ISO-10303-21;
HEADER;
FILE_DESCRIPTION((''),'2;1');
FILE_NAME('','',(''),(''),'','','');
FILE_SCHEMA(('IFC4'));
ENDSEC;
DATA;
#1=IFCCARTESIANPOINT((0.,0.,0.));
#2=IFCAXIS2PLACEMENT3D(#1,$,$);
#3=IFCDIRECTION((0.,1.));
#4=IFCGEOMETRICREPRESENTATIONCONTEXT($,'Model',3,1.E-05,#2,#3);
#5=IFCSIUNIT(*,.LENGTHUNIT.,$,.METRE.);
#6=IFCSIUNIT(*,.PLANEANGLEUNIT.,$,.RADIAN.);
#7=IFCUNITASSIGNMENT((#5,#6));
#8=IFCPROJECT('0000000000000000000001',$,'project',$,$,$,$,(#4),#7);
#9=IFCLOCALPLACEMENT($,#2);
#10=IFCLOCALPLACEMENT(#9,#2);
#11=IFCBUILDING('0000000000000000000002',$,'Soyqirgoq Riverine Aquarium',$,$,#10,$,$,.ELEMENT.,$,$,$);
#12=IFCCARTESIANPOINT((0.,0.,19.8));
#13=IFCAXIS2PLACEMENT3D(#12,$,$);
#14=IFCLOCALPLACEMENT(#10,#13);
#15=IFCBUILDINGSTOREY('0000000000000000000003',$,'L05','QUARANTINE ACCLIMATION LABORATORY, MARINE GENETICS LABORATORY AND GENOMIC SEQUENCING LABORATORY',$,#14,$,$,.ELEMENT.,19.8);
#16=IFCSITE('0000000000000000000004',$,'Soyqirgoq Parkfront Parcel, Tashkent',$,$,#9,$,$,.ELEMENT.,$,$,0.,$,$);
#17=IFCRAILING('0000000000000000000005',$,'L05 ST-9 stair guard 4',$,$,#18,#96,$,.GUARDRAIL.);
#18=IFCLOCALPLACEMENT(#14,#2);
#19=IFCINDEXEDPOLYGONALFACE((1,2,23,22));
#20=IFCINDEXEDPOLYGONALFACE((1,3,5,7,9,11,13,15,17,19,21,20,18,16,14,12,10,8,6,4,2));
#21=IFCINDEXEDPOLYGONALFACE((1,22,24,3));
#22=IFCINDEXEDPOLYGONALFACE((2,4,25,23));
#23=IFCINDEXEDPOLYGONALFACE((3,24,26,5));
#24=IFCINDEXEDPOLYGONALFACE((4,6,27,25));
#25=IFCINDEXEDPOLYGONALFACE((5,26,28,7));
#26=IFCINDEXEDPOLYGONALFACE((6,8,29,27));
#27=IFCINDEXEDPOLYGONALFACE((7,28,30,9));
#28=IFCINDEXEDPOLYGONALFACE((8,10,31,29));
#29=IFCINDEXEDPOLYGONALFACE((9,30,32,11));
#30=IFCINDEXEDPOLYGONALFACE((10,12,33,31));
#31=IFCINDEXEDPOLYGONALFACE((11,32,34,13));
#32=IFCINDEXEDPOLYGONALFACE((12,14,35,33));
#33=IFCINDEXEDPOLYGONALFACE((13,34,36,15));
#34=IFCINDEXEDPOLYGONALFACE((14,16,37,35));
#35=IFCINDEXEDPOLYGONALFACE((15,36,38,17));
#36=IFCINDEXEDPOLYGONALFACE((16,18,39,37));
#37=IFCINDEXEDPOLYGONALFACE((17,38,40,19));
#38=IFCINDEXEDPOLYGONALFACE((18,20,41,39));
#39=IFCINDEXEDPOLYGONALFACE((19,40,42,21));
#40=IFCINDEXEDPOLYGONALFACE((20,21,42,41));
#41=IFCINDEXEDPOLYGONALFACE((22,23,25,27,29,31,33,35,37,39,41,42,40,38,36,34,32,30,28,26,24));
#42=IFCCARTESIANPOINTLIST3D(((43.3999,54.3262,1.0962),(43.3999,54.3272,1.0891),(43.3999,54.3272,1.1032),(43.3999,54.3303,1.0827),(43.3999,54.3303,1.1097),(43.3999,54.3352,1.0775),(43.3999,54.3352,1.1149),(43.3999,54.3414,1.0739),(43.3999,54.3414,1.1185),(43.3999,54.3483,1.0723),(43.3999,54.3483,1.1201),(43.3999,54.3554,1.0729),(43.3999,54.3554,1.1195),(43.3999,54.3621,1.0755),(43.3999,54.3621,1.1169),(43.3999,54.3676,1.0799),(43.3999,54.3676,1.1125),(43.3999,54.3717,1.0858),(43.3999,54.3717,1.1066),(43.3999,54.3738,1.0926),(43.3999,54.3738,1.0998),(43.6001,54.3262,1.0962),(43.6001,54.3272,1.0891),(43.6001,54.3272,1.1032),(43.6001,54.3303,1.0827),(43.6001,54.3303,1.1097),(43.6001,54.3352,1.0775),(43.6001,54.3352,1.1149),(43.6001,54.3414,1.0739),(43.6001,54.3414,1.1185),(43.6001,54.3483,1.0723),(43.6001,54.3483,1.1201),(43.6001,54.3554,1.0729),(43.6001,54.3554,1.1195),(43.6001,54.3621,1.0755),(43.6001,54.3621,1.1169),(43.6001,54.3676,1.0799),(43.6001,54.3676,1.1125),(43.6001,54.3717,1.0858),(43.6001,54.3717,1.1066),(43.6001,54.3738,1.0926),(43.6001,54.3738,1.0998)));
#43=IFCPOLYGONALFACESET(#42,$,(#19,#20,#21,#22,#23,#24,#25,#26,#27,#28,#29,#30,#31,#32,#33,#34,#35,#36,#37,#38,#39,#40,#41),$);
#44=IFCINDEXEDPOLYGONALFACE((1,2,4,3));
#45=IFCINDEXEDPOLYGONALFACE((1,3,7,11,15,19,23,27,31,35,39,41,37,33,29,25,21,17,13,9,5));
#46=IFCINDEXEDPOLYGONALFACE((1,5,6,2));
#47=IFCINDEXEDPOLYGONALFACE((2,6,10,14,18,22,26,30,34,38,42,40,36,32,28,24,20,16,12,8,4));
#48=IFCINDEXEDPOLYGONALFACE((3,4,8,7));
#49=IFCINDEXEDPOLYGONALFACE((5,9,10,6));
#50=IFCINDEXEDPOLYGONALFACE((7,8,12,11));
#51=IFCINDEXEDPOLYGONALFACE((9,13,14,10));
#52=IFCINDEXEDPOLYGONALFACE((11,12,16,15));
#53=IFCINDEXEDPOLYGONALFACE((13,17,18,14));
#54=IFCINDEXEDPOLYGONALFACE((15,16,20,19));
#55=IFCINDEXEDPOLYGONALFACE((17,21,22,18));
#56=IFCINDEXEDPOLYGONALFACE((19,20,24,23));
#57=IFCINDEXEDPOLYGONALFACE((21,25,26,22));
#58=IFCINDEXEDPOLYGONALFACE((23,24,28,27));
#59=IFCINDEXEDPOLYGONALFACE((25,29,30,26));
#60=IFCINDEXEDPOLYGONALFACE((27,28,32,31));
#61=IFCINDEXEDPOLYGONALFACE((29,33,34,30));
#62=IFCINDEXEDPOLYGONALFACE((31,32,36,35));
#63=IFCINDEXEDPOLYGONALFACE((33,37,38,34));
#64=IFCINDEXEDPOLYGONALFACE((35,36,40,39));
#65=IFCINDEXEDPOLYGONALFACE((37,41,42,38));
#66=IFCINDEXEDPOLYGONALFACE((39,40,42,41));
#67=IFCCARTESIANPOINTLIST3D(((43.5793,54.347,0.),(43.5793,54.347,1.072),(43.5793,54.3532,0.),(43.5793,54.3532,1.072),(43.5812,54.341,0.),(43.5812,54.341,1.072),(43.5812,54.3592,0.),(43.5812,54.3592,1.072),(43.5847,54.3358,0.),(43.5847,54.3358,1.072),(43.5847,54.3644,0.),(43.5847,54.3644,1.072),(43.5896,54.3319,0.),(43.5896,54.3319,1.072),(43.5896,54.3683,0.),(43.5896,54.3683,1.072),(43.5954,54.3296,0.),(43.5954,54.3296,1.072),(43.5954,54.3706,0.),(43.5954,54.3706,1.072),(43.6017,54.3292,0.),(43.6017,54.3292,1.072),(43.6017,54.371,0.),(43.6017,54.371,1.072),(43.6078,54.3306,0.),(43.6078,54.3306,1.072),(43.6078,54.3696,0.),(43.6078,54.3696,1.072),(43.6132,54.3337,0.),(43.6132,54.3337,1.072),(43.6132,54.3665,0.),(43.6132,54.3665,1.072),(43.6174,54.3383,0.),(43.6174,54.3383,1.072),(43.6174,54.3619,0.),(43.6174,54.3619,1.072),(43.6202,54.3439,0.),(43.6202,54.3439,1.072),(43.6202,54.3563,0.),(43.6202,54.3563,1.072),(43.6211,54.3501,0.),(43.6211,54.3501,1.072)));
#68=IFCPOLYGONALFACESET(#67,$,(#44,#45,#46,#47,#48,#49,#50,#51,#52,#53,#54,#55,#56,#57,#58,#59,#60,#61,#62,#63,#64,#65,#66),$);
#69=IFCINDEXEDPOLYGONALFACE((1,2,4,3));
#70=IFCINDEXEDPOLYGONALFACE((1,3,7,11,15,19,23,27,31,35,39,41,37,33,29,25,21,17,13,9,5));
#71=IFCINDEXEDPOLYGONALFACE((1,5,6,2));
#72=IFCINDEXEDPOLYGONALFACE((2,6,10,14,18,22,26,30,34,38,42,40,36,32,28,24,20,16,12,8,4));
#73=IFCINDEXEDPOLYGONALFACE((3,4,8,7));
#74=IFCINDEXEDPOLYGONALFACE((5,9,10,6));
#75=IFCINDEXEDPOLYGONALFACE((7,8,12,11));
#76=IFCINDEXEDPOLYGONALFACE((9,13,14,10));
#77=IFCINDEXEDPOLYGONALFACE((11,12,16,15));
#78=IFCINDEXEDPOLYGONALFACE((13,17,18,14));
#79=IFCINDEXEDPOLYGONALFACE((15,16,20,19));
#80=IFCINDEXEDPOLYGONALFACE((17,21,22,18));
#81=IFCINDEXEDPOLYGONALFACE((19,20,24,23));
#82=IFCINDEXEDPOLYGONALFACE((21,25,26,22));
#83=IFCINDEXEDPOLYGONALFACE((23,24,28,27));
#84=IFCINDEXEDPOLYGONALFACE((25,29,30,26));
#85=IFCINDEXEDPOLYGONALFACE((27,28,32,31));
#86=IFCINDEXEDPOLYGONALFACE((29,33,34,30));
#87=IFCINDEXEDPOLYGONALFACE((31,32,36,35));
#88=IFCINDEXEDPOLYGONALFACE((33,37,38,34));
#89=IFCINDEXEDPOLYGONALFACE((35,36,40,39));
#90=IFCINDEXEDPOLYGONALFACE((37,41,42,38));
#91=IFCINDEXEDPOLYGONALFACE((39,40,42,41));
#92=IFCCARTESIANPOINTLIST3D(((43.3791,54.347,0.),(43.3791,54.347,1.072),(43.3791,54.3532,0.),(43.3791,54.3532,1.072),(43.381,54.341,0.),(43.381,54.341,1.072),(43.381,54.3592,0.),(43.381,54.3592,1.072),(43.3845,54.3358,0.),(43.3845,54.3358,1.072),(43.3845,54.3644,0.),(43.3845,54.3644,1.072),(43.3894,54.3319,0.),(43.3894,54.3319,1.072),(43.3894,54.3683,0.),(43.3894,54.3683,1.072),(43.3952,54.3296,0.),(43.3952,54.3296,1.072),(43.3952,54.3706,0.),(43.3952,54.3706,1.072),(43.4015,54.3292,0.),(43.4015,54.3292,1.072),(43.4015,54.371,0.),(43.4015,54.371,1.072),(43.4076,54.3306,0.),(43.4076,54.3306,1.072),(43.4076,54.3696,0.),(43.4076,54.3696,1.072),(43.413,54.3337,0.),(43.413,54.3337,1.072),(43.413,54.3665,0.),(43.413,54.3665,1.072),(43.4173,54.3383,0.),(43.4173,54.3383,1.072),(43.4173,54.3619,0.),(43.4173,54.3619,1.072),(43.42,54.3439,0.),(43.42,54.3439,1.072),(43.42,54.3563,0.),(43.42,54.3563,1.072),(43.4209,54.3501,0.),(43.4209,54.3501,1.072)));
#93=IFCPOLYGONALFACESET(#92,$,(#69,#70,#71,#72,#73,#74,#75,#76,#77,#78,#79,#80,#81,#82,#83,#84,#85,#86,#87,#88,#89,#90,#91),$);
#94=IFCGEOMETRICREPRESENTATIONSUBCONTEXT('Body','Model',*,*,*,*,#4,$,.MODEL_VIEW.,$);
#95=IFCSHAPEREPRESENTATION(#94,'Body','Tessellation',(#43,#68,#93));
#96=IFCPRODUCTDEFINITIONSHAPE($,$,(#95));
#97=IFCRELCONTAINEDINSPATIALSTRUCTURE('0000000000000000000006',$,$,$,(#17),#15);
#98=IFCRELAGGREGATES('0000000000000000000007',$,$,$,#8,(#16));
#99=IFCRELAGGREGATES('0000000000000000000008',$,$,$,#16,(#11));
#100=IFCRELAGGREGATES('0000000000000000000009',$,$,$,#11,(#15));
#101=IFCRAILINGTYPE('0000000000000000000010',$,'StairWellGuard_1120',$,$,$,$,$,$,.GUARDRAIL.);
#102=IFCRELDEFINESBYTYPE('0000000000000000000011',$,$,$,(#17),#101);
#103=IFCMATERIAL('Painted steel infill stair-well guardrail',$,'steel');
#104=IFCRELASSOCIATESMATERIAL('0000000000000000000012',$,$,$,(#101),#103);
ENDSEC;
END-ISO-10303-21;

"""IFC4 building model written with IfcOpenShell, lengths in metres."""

from ifc_helpers import new_model, si_unit, direction, frame, origin, origin_2d, place, context, subcontext, project, spatial, circle, extrude, material, type_object, element, save


model = new_model("IFC4")

# Units and contexts
model_context = context("Model", 3, precision=1e-05, world=origin(), true_north=direction((0.0, 1.0)))
body_context = subcontext(model_context, "Body", "Model", "MODEL_VIEW")
ifc_project = project(units=[si_unit("LENGTHUNIT", "METRE"), si_unit("PLANEANGLEUNIT", "RADIAN")], contexts=[model_context])

# Site, building, storey
site_placement = place(None, origin())
site = spatial("IfcSite", under=ifc_project, at=site_placement, Name="Soyqirgoq Parkfront Parcel, Tashkent", CompositionType="ELEMENT", RefElevation=0.0)
building_placement = place(site_placement, origin())
building = spatial("IfcBuilding", under=site, at=building_placement, Name="Soyqirgoq Riverine Aquarium", CompositionType="ELEMENT")
storey_placement = place(building_placement, frame((0.0, 0.0, 19.8)))
storey = spatial("IfcBuildingStorey", under=building, at=storey_placement, Name="L05", Description="QUARANTINE ACCLIMATION LABORATORY, MARINE GENETICS LABORATORY AND GENOMIC SEQUENCING LABORATORY", CompositionType="ELEMENT", Elevation=19.8)

# Railing
ifc_material_1 = material(Name="Painted steel infill stair-well guardrail", Category="steel")
railing_type_1 = type_object("IfcRailingType", Name="StairWellGuard_1120", PredefinedType="GUARDRAIL", material=ifc_material_1)
railing_1_placement = place(storey_placement, frame((43.6001, 54.3501, 0.0)))
element("IfcRailing", 1, at=railing_1_placement, inside=storey, type_object=railing_type_1, Name="L05 ST-9 stair guard 4", PredefinedType="GUARDRAIL", context=body_context, shape_type="SweptSolid", body=[
    extrude(circle(Radius=0.0239, at=origin_2d()), frame((0.0, 0.0, 1.0962), z_axis=(-1.0, 0.0, 0.0), x_axis=(0.0, -1.0, 0.0)), (0.0, 0.0, 1.0), 0.2002),
    extrude(circle(Radius=0.021, at=origin_2d()), origin(), (0.0, 0.0, 1.0), 1.072),
    extrude(circle(Radius=0.021, at=origin_2d()), frame((-0.2002, 0.0, 0.0)), (0.0, 0.0, 1.0), 1.072),
])

save(model, "model.ifc")
